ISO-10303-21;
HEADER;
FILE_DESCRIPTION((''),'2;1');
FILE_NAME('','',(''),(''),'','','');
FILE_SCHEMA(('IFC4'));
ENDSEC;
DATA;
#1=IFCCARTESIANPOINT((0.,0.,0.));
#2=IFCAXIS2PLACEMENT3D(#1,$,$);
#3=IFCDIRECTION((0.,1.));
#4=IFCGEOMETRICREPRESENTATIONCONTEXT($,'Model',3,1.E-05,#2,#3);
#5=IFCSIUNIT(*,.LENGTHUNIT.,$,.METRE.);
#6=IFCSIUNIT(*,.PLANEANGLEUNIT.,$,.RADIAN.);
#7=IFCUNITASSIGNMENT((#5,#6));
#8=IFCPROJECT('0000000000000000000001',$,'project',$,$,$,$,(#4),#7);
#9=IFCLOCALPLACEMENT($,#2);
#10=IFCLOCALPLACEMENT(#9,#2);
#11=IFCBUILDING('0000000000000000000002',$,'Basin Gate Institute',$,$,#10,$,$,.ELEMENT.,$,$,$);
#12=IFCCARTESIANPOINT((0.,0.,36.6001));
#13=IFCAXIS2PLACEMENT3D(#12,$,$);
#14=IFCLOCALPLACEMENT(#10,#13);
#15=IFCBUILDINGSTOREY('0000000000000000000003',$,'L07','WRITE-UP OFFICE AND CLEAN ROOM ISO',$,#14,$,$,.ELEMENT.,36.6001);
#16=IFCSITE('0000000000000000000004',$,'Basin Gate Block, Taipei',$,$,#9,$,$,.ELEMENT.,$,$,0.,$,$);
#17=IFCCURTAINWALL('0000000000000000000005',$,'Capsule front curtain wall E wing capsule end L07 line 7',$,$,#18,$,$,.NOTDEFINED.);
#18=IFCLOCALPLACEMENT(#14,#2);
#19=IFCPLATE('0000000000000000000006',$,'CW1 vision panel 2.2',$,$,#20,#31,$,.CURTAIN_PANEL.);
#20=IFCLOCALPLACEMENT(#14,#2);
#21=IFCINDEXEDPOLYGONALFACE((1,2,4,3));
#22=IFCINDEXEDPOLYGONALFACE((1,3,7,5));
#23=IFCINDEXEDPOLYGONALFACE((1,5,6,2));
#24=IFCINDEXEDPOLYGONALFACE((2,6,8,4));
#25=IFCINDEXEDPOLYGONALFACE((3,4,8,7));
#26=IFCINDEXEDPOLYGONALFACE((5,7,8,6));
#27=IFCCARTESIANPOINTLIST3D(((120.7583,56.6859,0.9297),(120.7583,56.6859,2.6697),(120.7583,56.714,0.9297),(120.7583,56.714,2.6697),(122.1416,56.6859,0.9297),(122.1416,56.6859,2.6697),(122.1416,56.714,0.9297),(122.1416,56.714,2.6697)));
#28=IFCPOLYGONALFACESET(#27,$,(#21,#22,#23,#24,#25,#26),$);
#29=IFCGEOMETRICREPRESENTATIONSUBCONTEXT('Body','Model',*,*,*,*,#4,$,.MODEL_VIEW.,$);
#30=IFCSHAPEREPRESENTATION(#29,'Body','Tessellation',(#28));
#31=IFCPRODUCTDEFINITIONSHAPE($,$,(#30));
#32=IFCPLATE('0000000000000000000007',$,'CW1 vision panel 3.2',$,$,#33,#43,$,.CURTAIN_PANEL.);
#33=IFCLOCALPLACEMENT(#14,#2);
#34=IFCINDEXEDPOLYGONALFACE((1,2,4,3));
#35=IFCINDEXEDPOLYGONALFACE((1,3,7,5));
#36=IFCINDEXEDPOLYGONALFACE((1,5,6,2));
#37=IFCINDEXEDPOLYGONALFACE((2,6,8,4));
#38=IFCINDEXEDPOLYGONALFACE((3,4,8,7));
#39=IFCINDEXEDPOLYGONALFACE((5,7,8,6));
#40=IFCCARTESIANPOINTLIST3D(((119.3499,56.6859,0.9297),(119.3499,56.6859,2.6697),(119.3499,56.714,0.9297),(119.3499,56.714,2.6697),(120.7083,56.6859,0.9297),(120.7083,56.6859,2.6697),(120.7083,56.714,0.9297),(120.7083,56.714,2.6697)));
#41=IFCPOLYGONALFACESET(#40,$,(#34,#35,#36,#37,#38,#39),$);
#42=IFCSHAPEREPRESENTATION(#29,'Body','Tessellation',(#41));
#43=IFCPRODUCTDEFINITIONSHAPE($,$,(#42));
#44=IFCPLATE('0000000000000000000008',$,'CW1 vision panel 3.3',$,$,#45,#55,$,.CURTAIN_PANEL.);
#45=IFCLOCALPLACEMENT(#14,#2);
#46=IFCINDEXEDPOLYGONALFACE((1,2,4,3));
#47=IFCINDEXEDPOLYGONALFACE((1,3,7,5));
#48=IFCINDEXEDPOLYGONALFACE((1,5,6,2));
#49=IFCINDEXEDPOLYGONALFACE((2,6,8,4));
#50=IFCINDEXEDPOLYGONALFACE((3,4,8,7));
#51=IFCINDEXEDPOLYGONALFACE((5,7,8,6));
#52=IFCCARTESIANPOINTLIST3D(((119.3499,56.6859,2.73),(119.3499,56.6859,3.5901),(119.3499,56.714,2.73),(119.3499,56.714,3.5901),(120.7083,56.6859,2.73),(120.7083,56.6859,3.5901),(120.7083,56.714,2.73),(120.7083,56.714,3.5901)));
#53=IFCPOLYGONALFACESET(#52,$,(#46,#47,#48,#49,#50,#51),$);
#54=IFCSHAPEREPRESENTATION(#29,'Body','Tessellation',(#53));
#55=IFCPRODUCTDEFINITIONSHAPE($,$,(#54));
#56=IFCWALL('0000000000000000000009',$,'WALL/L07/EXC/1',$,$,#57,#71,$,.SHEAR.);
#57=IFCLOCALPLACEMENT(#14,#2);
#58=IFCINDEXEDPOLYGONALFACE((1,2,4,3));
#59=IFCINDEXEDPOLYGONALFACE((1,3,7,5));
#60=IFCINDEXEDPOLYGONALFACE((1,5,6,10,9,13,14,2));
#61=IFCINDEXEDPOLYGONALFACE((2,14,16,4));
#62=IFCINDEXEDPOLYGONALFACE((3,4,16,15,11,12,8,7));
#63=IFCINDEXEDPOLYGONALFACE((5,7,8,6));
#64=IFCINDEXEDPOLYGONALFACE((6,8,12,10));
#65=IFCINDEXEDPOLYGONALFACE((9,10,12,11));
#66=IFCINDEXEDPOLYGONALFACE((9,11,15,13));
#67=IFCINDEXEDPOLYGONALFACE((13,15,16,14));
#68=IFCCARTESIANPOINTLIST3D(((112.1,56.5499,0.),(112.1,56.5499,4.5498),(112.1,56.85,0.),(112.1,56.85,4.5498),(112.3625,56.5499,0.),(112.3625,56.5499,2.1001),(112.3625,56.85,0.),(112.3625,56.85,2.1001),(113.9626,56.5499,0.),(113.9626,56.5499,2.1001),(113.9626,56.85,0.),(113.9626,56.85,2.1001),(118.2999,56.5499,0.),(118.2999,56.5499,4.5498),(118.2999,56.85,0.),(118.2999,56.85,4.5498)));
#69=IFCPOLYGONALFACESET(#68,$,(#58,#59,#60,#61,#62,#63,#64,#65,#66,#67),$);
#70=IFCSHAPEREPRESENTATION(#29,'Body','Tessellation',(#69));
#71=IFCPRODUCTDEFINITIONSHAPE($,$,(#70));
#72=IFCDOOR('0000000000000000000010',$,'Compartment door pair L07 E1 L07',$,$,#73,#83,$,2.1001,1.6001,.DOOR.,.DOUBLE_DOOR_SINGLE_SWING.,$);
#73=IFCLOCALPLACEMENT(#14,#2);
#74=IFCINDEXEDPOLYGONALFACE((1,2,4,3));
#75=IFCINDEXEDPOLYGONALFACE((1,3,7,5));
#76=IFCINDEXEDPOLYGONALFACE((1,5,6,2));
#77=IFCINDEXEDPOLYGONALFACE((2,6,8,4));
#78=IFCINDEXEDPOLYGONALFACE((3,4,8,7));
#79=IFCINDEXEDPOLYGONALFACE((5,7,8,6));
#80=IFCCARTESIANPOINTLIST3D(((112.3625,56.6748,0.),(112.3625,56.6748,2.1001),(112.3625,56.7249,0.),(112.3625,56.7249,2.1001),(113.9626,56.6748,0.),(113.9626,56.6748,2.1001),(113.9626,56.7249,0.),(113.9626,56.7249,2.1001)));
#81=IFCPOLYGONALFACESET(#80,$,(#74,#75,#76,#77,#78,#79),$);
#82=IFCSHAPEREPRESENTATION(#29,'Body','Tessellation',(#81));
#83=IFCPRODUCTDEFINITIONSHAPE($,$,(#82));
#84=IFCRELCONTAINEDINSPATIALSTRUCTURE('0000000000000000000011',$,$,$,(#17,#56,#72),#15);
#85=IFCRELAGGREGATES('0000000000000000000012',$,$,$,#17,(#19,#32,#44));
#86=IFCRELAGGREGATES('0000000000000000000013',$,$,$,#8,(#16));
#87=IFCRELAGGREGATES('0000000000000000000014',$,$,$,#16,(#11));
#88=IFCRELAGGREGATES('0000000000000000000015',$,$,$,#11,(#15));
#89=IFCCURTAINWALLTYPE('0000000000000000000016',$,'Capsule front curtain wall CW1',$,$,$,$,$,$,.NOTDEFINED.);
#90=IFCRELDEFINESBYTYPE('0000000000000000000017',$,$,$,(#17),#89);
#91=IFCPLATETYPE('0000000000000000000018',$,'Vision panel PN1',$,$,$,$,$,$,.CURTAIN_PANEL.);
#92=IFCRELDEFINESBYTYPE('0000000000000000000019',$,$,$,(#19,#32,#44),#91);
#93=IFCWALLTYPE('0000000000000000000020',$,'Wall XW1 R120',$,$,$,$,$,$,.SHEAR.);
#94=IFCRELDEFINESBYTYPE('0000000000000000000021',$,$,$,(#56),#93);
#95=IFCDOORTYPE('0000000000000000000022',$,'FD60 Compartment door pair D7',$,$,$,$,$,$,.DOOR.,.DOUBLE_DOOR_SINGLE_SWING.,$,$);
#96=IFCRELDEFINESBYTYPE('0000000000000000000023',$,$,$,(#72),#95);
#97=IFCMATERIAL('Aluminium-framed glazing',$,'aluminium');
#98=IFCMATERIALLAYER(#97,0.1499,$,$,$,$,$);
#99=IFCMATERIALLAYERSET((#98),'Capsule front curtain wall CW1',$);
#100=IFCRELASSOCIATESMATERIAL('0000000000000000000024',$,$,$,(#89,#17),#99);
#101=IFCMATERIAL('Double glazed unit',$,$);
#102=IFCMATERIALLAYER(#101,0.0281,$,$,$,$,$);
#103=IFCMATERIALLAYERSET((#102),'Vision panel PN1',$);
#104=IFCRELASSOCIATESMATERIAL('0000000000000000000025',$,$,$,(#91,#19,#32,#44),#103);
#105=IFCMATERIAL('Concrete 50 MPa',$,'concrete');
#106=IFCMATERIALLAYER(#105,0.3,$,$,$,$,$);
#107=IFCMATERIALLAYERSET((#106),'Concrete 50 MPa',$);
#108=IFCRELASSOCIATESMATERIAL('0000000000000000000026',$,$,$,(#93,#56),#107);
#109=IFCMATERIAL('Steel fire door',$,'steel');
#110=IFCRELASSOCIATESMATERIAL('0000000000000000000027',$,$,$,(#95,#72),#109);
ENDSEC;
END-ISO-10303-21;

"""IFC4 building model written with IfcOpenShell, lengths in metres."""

from ifc_helpers import new_model, si_unit, direction, frame, frame_2d, origin, origin_2d, place, context, subcontext, project, spatial, rectangle, extrude, material, layer, layer_set, type_object, element, fill, aggregate, save


model = new_model("IFC4")

# Units and contexts
model_context = context("Model", 3, precision=1e-05, world=origin(), true_north=direction((0.0, 1.0)))
body_context = subcontext(model_context, "Body", "Model", "MODEL_VIEW")
ifc_project = project(units=[si_unit("LENGTHUNIT", "METRE"), si_unit("PLANEANGLEUNIT", "RADIAN")], contexts=[model_context])

# Site, building, storey
site_placement = place(None, origin())
site = spatial("IfcSite", under=ifc_project, at=site_placement, Name="Basin Gate Block, Taipei", CompositionType="ELEMENT", RefElevation=0.0)
building_placement = place(site_placement, origin())
building = spatial("IfcBuilding", under=site, at=building_placement, Name="Basin Gate Institute", CompositionType="ELEMENT")
storey_placement = place(building_placement, frame((0.0, 0.0, 36.6001)))
storey = spatial("IfcBuildingStorey", under=building, at=storey_placement, Name="L07", Description="WRITE-UP OFFICE AND CLEAN ROOM ISO", CompositionType="ELEMENT", Elevation=36.6001)

# Shared definitions
ifc_material_1 = material(Name="Aluminium-framed glazing", Category="aluminium")
ifc_layer_1 = layer(ifc_material_1, 0.1499)
ifc_layer_set_1 = layer_set([ifc_layer_1], Name="Capsule front curtain wall CW1")
curtain_wall_type = type_object("IfcCurtainWallType", Name="Capsule front curtain wall CW1", PredefinedType="NOTDEFINED", material=ifc_layer_set_1)

# Curtain wall
curtain_wall_1_placement = place(storey_placement, origin())
curtain_wall_1 = element("IfcCurtainWall", 1, at=curtain_wall_1_placement, inside=storey, type_object=curtain_wall_type, material=ifc_layer_set_1, Name="Capsule front curtain wall E wing capsule end L07 line 7", PredefinedType="NOTDEFINED")

# Plates
ifc_material_2 = material(Name="Double glazed unit")
ifc_layer_2 = layer(ifc_material_2, 0.0281)
ifc_layer_set_2 = layer_set([ifc_layer_2], Name="Vision panel PN1")
plate_type_1 = type_object("IfcPlateType", Name="Vision panel PN1", PredefinedType="CURTAIN_PANEL", material=ifc_layer_set_2)
plate_1_placement = place(storey_placement, frame((121.45, 56.7, 0.9297), z_axis=(0.0, 0.0, 1.0), x_axis=(-1.0, 0.0, 0.0)))
plate_1 = element("IfcPlate", 2, at=plate_1_placement, type_object=plate_type_1, material=ifc_layer_set_2, Name="CW1 vision panel 2.2", PredefinedType="CURTAIN_PANEL", context=body_context, shape_type="SweptSolid", body=[
    extrude(rectangle(XDim=1.3833, YDim=0.0281, at=origin_2d()), origin(), (0.0, 0.0, 1.0), 1.74),
])
plate_2_placement = place(storey_placement, frame((120.0291, 56.7, 0.9297), z_axis=(0.0, 0.0, 1.0), x_axis=(-1.0, 0.0, 0.0)))
plate_2 = element("IfcPlate", 3, at=plate_2_placement, type_object=plate_type_1, material=ifc_layer_set_2, Name="CW1 vision panel 3.2", PredefinedType="CURTAIN_PANEL", context=body_context, shape_type="SweptSolid", body=[
    extrude(rectangle(XDim=1.3584, YDim=0.0281, at=origin_2d()), origin(), (0.0, 0.0, 1.0), 1.74),
])
plate_3_placement = place(storey_placement, frame((120.0291, 56.7, 2.73), z_axis=(0.0, 0.0, 1.0), x_axis=(-1.0, 0.0, 0.0)))
plate_3 = element("IfcPlate", 4, at=plate_3_placement, type_object=plate_type_1, material=ifc_layer_set_2, Name="CW1 vision panel 3.3", PredefinedType="CURTAIN_PANEL", context=body_context, shape_type="SweptSolid", body=[
    extrude(rectangle(XDim=1.3584, YDim=0.0281, at=origin_2d()), origin(), (0.0, 0.0, 1.0), 0.8601),
])
aggregate(curtain_wall_1, [plate_1, plate_2, plate_3])

# Wall, opening, door
ifc_material_3 = material(Name="Concrete 50 MPa", Category="concrete")
ifc_layer_3 = layer(ifc_material_3, 0.3)
ifc_layer_set_3 = layer_set([ifc_layer_3], Name="Concrete 50 MPa")
wall_type = type_object("IfcWallType", Name="Wall XW1 R120", PredefinedType="SHEAR", material=ifc_layer_set_3)
wall_placement = place(storey_placement, frame((118.3, 56.7, 0.0), z_axis=(0.0, 0.0, 1.0), x_axis=(-1.0, 0.0, 0.0)))
wall = element("IfcWall", 5, at=wall_placement, inside=storey, type_object=wall_type, material=ifc_layer_set_3, Name="WALL/L07/EXC/1", PredefinedType="SHEAR", context=body_context, shape_type="SweptSolid", body=[
    extrude(rectangle(XDim=6.2, YDim=0.3, at=frame_2d((3.1001, 0.0))), origin(), (0.0, 0.0, 1.0), 4.5498),
])
opening_placement = place(wall_placement, frame((4.3374, 0.0, 0.0)))
opening = element("IfcOpeningElement", 6, at=opening_placement, cuts=wall, PredefinedType="OPENING", context=body_context, shape_type="SweptSolid", body=[
    extrude(rectangle(XDim=1.6001, YDim=2.1001, at=frame_2d((0.8, 1.05))), frame((0.0, 0.1602, 0.0), z_axis=(0.0, -1.0, 0.0), x_axis=(1.0, 0.0, 0.0)), (0.0, 0.0, 1.0), 0.3201),
])
ifc_material_4 = material(Name="Steel fire door", Category="steel")
door_type = type_object("IfcDoorType", Name="FD60 Compartment door pair D7", OperationType="DOUBLE_DOOR_SINGLE_SWING", PredefinedType="DOOR", material=ifc_material_4)
door_placement = place(opening_placement, frame((1.6001, 0.0, 0.0), z_axis=(0.0, 0.0, 1.0), x_axis=(-1.0, 0.0, 0.0)))
door = element("IfcDoor", 7, at=door_placement, inside=storey, type_object=door_type, material=ifc_material_4, Name="Compartment door pair L07 E1 L07", OperationType="DOUBLE_DOOR_SINGLE_SWING", OverallHeight=2.1001, OverallWidth=1.6001, PredefinedType="DOOR", context=body_context, shape_type="SweptSolid", body=[
    extrude(rectangle(XDim=1.6001, YDim=2.1001, at=frame_2d((0.8, 1.05))), frame((0.0, 0.0249, 0.0), z_axis=(0.0, -1.0, 0.0), x_axis=(1.0, 0.0, 0.0)), (0.0, 0.0, 1.0), 0.05),
])
fill(opening, door)

save(model, "model.ifc")
